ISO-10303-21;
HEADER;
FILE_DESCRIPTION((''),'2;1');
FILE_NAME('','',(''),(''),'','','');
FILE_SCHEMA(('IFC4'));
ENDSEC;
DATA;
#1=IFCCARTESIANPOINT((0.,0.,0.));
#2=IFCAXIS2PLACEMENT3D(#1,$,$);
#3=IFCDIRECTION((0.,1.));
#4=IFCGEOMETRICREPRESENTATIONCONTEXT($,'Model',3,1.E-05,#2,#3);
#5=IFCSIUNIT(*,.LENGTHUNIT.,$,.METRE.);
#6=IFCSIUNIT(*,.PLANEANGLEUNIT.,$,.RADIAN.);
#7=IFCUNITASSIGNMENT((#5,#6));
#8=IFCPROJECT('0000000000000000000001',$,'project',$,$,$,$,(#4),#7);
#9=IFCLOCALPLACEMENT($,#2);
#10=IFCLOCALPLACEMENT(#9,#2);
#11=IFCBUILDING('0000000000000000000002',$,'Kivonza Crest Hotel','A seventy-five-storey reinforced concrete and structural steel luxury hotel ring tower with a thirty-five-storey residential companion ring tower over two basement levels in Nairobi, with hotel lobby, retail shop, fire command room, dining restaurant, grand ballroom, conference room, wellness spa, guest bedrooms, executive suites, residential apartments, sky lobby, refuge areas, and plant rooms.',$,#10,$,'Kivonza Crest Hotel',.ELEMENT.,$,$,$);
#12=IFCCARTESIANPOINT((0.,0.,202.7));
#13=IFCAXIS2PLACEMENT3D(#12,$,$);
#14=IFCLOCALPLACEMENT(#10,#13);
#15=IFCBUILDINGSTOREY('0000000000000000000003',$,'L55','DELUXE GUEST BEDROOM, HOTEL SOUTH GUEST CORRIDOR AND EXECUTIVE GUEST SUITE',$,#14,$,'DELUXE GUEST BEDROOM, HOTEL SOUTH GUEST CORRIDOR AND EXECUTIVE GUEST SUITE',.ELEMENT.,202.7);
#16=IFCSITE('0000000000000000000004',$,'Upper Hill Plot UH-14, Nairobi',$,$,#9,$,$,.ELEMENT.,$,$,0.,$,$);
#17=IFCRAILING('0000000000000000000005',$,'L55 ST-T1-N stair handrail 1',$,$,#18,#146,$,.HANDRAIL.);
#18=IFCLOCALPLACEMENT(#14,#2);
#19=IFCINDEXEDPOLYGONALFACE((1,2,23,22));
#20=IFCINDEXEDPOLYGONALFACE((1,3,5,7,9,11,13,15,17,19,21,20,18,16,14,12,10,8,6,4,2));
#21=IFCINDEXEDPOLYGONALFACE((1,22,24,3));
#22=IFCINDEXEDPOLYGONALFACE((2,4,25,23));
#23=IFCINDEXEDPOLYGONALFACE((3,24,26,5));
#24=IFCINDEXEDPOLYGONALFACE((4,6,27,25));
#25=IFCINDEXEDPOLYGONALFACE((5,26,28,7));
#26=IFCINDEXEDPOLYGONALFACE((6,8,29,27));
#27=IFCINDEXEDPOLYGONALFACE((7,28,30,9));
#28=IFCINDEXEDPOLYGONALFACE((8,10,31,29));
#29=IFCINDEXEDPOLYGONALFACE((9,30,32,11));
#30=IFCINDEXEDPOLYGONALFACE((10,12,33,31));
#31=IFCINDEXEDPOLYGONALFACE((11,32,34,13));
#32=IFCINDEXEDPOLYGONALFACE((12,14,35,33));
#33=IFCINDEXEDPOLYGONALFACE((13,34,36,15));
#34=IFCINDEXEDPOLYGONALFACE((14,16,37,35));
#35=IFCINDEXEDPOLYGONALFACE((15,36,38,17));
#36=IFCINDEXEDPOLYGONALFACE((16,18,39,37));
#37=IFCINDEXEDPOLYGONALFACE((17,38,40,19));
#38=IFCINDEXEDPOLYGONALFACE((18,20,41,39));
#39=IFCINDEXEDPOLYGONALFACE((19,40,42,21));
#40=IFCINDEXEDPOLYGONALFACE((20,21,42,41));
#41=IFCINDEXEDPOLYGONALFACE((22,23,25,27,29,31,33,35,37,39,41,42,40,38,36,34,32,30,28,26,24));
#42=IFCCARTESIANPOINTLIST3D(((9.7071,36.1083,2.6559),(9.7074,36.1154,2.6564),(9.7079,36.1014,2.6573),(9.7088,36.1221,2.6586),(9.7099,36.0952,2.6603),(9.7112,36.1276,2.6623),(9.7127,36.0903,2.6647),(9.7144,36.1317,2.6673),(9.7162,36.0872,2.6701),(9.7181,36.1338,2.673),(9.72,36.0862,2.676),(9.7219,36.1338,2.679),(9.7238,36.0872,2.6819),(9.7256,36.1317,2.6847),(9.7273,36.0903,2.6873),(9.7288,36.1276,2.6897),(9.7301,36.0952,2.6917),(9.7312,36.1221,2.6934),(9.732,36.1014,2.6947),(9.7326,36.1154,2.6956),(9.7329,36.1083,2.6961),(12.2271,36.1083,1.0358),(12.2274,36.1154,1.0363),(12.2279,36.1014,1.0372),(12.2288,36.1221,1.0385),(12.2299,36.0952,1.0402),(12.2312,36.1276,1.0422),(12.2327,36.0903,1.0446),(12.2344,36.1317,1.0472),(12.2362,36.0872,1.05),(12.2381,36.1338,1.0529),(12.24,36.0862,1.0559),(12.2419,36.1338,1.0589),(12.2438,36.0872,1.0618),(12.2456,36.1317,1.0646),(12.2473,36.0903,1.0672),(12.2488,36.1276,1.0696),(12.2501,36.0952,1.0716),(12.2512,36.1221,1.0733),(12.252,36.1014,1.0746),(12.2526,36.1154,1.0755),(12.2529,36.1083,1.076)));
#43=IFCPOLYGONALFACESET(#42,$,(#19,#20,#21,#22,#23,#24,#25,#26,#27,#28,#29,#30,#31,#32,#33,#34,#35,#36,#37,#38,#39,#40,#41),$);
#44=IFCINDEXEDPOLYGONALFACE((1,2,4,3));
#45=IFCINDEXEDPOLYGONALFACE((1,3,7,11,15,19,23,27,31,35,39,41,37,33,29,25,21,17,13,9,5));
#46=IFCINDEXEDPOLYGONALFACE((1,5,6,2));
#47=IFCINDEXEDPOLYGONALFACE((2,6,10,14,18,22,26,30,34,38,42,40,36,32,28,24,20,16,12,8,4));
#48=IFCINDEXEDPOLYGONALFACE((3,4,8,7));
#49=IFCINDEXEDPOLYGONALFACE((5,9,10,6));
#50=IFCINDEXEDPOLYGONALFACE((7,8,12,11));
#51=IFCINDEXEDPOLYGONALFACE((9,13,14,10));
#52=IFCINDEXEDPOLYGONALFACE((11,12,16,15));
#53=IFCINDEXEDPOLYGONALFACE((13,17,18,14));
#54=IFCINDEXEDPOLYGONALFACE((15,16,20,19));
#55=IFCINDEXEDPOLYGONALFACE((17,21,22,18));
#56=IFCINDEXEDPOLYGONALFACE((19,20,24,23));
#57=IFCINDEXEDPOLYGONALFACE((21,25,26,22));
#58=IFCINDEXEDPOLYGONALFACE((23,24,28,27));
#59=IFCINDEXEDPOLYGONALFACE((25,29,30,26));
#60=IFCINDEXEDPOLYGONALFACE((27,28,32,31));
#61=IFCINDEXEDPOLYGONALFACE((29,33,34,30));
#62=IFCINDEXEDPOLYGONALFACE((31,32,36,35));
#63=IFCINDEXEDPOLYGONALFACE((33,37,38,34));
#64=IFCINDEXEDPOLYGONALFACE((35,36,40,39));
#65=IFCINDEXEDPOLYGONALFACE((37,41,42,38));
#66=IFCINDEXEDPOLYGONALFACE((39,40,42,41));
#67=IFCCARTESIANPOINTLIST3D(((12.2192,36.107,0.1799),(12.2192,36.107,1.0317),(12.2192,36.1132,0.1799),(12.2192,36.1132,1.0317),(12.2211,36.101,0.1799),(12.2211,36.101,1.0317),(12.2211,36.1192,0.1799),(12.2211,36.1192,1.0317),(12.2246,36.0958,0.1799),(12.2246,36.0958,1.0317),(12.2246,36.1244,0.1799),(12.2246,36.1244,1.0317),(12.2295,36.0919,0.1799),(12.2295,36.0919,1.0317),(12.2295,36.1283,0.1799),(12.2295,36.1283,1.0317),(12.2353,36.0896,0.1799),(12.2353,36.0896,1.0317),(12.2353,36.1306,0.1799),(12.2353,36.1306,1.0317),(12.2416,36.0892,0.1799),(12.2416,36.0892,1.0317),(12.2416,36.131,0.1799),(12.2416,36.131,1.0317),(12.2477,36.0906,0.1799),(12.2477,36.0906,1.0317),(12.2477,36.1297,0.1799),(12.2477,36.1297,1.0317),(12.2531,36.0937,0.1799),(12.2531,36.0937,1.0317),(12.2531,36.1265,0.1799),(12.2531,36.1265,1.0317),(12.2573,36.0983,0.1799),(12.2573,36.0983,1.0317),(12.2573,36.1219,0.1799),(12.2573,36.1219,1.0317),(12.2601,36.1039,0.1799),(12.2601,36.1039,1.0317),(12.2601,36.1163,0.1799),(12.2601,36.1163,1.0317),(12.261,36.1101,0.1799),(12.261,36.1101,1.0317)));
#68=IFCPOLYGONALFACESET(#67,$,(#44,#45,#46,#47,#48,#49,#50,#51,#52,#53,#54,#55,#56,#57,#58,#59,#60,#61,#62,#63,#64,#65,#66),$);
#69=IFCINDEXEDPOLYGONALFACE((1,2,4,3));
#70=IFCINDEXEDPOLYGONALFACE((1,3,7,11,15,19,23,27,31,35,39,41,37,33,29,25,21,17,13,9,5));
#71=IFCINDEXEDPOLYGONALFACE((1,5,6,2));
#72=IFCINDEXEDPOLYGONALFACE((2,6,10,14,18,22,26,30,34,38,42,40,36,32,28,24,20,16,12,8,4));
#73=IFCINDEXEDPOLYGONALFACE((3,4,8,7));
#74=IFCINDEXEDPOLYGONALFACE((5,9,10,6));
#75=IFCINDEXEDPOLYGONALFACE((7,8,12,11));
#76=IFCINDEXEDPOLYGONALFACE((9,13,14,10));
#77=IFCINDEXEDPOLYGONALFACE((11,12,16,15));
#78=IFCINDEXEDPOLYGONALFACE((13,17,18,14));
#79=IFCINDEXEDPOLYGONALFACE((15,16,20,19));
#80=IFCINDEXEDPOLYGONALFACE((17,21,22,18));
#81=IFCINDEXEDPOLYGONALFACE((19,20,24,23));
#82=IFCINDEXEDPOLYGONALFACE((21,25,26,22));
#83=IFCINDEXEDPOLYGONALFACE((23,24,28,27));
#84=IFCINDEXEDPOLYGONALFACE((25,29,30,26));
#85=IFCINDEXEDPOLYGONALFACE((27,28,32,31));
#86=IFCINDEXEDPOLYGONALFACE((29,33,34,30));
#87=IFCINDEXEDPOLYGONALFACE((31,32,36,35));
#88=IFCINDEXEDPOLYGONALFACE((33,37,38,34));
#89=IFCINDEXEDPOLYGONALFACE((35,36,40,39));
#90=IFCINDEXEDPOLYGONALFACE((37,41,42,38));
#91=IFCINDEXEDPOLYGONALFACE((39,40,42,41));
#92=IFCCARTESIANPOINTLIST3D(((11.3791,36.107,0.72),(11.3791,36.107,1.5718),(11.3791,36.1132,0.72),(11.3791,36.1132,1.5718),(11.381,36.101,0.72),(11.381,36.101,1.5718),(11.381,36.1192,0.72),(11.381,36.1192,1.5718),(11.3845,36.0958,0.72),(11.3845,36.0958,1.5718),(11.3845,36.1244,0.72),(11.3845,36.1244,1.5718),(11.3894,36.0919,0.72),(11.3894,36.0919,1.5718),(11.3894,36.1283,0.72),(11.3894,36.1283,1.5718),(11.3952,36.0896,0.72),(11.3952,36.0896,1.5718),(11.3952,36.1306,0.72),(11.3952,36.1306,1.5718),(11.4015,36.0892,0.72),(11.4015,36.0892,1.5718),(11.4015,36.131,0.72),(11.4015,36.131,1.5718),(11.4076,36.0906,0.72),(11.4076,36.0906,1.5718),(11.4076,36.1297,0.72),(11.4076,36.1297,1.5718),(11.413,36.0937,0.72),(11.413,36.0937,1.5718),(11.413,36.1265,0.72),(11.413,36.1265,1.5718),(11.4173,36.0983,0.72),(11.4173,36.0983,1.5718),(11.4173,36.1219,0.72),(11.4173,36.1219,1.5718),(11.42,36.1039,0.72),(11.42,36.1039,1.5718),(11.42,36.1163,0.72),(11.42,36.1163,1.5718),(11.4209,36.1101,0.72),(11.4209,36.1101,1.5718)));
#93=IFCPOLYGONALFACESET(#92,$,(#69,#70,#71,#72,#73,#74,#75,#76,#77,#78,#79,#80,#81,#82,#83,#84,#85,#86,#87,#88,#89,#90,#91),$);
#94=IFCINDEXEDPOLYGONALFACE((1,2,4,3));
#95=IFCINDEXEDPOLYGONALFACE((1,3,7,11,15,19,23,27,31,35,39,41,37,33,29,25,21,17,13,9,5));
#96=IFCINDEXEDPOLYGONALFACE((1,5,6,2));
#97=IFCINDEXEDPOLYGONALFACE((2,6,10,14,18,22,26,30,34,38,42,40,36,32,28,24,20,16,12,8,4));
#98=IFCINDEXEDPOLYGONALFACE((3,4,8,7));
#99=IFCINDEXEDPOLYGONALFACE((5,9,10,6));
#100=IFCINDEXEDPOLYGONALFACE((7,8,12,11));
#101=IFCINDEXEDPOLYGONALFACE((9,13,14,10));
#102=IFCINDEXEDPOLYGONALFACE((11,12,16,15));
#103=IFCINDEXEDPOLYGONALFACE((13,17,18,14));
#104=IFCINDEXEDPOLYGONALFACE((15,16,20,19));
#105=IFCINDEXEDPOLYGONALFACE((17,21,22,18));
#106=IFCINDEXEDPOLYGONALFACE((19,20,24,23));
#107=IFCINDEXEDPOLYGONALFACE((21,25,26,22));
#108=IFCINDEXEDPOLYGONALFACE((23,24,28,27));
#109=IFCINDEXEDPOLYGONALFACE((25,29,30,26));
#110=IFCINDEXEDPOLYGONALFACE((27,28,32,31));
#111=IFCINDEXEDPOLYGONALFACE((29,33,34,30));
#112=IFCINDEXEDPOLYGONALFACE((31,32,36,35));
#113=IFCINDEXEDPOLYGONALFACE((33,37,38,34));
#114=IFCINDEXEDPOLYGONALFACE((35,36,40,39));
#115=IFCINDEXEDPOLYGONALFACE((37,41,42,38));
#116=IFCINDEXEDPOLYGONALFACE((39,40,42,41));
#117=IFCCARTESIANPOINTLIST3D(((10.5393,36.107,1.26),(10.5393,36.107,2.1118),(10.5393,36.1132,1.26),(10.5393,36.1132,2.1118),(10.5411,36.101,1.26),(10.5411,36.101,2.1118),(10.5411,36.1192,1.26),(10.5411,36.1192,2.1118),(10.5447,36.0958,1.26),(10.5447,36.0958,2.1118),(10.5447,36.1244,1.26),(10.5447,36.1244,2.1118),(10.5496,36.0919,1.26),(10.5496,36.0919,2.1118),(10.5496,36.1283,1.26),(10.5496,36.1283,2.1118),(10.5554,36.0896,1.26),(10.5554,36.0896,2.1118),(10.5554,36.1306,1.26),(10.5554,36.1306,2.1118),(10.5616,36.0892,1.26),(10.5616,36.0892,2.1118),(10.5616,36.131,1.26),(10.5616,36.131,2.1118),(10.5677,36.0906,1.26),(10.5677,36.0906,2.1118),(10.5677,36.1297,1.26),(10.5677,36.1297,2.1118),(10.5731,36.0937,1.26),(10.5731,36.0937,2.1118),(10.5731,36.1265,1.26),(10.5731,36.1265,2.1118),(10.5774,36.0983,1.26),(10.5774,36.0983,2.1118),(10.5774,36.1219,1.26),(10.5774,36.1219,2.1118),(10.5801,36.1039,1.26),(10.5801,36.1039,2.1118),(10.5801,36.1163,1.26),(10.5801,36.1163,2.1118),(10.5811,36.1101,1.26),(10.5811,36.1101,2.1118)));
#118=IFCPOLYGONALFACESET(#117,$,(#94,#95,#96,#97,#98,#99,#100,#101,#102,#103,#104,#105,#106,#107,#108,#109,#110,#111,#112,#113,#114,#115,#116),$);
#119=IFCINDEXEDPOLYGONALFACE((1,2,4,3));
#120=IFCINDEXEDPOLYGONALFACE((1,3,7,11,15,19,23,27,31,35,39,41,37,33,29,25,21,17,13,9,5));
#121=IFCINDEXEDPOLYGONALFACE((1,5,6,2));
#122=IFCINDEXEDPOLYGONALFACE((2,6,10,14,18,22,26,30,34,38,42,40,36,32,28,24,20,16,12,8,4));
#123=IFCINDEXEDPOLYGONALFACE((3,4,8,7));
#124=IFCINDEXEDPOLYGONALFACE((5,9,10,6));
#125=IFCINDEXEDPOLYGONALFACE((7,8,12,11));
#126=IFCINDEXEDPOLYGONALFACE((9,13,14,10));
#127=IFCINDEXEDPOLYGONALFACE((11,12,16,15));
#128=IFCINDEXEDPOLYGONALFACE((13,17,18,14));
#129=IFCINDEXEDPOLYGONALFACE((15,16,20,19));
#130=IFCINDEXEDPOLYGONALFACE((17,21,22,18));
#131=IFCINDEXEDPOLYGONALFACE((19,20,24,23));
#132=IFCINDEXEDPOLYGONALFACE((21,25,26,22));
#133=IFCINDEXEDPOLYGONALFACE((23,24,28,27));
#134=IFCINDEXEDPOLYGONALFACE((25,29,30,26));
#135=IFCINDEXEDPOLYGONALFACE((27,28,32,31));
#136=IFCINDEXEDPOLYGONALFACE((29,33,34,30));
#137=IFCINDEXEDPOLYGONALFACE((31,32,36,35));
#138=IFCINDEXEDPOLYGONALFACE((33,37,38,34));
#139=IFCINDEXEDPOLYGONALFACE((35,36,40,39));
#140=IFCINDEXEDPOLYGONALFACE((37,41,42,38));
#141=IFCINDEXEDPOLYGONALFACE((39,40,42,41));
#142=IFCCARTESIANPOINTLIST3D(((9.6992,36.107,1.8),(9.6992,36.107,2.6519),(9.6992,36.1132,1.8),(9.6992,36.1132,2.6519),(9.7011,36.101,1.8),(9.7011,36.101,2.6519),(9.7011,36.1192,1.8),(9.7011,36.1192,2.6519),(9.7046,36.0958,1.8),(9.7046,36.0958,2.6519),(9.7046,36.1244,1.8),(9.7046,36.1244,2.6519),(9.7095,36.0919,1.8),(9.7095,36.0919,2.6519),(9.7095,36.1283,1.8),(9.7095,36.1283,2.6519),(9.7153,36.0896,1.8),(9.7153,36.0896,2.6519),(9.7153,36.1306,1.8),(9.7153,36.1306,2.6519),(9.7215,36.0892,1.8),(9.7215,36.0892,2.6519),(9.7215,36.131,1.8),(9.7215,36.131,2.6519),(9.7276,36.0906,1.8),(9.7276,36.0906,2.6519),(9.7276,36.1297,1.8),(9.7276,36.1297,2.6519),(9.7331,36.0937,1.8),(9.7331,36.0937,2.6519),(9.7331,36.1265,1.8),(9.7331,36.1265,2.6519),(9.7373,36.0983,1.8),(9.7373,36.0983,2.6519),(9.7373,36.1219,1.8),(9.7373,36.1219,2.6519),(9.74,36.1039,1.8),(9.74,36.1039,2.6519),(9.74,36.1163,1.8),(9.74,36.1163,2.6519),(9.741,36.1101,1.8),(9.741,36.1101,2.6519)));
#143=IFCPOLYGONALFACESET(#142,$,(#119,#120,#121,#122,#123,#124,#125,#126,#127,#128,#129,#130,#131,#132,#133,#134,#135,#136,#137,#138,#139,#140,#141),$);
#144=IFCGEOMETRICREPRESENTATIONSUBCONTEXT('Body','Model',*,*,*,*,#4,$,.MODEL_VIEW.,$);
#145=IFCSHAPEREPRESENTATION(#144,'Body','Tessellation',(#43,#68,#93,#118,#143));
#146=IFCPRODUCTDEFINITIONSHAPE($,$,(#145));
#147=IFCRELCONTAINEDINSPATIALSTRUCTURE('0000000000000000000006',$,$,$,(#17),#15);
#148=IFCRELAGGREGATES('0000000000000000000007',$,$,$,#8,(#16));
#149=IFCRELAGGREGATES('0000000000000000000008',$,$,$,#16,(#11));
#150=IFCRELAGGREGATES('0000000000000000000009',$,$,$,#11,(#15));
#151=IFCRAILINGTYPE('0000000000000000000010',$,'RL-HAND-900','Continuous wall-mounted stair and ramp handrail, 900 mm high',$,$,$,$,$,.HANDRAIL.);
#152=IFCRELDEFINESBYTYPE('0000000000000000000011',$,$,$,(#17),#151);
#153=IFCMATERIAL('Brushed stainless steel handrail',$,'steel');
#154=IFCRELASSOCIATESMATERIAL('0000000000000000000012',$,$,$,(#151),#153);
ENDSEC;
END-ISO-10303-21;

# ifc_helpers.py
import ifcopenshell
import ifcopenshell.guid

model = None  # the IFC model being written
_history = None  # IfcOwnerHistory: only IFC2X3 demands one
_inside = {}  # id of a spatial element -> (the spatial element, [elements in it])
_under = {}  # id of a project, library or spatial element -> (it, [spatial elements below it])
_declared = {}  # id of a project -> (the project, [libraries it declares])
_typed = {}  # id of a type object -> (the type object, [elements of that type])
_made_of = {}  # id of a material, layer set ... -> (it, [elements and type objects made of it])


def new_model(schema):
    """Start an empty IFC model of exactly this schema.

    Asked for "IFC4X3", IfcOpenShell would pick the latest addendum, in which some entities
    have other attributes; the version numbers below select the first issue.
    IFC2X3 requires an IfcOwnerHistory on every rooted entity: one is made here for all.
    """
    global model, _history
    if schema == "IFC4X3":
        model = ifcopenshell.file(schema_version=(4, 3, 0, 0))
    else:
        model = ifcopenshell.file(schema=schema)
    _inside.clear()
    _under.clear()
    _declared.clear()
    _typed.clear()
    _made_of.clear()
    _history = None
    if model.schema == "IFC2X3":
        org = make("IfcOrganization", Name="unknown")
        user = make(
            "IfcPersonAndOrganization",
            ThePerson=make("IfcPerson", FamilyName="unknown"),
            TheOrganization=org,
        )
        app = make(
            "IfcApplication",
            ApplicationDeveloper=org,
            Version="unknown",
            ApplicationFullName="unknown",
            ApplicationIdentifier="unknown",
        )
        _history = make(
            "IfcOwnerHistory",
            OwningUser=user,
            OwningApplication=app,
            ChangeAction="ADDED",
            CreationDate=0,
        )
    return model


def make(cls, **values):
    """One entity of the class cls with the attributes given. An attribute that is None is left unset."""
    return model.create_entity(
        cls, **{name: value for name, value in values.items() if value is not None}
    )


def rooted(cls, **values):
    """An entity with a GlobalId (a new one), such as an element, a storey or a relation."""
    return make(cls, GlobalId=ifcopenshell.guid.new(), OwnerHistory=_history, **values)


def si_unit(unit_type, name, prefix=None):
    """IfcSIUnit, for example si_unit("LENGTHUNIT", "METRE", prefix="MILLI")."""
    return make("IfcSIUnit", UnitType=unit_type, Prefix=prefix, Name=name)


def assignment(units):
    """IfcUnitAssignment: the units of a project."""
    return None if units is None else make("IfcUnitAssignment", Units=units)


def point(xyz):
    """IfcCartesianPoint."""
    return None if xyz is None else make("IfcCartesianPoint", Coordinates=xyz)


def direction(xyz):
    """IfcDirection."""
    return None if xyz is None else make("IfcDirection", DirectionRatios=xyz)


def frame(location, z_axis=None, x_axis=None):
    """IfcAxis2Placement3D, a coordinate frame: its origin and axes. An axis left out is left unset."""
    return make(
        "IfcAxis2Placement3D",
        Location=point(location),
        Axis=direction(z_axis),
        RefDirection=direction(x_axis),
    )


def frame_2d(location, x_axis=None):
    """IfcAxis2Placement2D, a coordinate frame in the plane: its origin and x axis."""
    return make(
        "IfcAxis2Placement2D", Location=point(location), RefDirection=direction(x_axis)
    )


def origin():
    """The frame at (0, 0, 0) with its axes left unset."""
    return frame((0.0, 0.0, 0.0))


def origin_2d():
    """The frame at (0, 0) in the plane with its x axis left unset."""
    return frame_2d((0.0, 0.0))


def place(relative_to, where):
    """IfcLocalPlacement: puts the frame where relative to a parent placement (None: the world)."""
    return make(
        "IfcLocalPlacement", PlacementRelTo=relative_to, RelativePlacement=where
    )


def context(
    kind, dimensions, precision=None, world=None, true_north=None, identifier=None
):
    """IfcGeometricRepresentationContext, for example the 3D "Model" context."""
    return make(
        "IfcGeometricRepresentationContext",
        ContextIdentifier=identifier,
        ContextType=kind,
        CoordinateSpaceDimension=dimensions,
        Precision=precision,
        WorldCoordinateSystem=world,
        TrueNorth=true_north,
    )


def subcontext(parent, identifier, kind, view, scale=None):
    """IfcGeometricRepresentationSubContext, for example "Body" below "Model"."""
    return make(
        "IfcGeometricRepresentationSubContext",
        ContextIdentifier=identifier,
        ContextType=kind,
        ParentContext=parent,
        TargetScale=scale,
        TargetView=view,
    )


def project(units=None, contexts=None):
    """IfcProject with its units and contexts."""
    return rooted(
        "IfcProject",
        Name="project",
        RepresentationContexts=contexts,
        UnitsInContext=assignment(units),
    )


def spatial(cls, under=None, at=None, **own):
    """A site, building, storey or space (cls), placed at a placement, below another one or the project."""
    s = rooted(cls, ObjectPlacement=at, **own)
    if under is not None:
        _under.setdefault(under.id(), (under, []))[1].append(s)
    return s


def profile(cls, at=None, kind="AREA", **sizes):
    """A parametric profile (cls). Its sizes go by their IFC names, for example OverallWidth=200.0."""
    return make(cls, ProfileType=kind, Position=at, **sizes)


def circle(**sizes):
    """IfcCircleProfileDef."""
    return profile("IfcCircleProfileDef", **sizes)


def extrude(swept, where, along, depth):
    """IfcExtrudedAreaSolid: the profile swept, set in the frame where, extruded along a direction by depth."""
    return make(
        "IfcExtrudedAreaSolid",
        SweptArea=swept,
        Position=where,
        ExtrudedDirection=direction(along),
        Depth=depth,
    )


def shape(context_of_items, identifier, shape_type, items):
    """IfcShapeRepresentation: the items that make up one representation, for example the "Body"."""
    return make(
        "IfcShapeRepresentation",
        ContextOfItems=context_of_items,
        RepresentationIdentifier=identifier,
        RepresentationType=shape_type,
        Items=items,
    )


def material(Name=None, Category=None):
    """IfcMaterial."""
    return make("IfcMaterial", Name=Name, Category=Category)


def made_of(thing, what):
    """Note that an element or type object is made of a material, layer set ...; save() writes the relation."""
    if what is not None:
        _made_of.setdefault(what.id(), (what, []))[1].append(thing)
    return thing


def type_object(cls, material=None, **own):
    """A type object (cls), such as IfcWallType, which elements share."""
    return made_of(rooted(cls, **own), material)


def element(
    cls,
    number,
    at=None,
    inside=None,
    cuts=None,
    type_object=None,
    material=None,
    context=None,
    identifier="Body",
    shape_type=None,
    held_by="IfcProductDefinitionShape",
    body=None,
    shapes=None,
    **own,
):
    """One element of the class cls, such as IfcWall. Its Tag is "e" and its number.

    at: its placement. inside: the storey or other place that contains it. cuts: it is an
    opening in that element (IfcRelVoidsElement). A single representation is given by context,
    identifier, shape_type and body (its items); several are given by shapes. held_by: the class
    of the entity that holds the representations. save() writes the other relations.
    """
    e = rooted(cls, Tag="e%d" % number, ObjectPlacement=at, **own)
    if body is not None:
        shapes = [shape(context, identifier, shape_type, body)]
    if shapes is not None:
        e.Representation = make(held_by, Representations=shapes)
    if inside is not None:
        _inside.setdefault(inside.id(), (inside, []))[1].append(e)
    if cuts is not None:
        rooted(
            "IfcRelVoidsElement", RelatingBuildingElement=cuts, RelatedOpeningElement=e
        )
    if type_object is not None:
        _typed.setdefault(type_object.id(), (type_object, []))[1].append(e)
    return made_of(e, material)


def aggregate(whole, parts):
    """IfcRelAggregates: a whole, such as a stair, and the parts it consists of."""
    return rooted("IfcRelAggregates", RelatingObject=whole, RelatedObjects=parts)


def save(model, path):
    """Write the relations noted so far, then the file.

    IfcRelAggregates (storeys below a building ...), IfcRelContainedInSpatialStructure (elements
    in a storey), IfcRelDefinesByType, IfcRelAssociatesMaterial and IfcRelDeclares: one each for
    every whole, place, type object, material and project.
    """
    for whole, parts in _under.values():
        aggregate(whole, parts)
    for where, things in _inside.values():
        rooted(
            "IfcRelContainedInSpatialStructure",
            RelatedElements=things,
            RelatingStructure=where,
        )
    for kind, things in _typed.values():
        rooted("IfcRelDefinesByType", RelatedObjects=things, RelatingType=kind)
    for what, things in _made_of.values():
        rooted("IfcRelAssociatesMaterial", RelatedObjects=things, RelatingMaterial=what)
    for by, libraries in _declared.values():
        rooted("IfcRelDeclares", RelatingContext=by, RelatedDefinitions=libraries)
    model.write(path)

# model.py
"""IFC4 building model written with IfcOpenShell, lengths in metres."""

from ifc_helpers import new_model, si_unit, direction, frame, origin, origin_2d, place, context, subcontext, project, spatial, circle, extrude, material, type_object, element, save


model = new_model("IFC4")

# Units and contexts
model_context = context("Model", 3, precision=1e-05, world=origin(), true_north=direction((0.0, 1.0)))
body_context = subcontext(model_context, "Body", "Model", "MODEL_VIEW")
ifc_project = project(units=[si_unit("LENGTHUNIT", "METRE"), si_unit("PLANEANGLEUNIT", "RADIAN")], contexts=[model_context])

# Site, building, storey
site_placement = place(None, origin())
site = spatial("IfcSite", under=ifc_project, at=site_placement, Name="Upper Hill Plot UH-14, Nairobi", CompositionType="ELEMENT", RefElevation=0.0)
building_placement = place(site_placement, origin())
building = spatial("IfcBuilding", under=site, at=building_placement, Name="Kivonza Crest Hotel", Description="A seventy-five-storey reinforced concrete and structural steel luxury hotel ring tower with a thirty-five-storey residential companion ring tower over two basement levels in Nairobi, with hotel lobby, retail shop, fire command room, dining restaurant, grand ballroom, conference room, wellness spa, guest bedrooms, executive suites, residential apartments, sky lobby, refuge areas, and plant rooms.", LongName="Kivonza Crest Hotel", CompositionType="ELEMENT")
storey_placement = place(building_placement, frame((0.0, 0.0, 202.7)))
storey = spatial("IfcBuildingStorey", under=building, at=storey_placement, Name="L55", Description="DELUXE GUEST BEDROOM, HOTEL SOUTH GUEST CORRIDOR AND EXECUTIVE GUEST SUITE", LongName="DELUXE GUEST BEDROOM, HOTEL SOUTH GUEST CORRIDOR AND EXECUTIVE GUEST SUITE", CompositionType="ELEMENT", Elevation=202.7)

# Railing
ifc_material_1 = material(Name="Brushed stainless steel handrail", Category="steel")
railing_type_1 = type_object("IfcRailingType", Name="RL-HAND-900", Description="Continuous wall-mounted stair and ramp handrail, 900 mm high", PredefinedType="HANDRAIL", material=ifc_material_1)
railing_1_placement = place(storey_placement, frame((12.24, 36.1101, 0.1799)))
element("IfcRailing", 1, at=railing_1_placement, inside=storey, type_object=railing_type_1, Name="L55 ST-T1-N stair handrail 1", PredefinedType="HANDRAIL", context=body_context, shape_type="SweptSolid", body=[
    extrude(circle(Radius=0.0239, at=origin_2d()), frame((0.0, 0.0, 0.876), z_axis=(-0.841163, 0.0, 0.540782), x_axis=(0.0, -1.0, 0.0)), (0.0, 0.0, 1.0), 2.9958),
    extrude(circle(Radius=0.021, at=origin_2d()), origin(), (0.0, 0.0, 1.0), 0.8518),
    extrude(circle(Radius=0.021, at=origin_2d()), frame((-0.8401, 0.0, 0.54)), (0.0, 0.0, 1.0), 0.8518),
    extrude(circle(Radius=0.021, at=origin_2d()), frame((-1.6799, 0.0, 1.0801)), (0.0, 0.0, 1.0), 0.8518),
    extrude(circle(Radius=0.021, at=origin_2d()), frame((-2.52, 0.0, 1.6201)), (0.0, 0.0, 1.0), 0.8518),
])

save(model, "model.ifc")
